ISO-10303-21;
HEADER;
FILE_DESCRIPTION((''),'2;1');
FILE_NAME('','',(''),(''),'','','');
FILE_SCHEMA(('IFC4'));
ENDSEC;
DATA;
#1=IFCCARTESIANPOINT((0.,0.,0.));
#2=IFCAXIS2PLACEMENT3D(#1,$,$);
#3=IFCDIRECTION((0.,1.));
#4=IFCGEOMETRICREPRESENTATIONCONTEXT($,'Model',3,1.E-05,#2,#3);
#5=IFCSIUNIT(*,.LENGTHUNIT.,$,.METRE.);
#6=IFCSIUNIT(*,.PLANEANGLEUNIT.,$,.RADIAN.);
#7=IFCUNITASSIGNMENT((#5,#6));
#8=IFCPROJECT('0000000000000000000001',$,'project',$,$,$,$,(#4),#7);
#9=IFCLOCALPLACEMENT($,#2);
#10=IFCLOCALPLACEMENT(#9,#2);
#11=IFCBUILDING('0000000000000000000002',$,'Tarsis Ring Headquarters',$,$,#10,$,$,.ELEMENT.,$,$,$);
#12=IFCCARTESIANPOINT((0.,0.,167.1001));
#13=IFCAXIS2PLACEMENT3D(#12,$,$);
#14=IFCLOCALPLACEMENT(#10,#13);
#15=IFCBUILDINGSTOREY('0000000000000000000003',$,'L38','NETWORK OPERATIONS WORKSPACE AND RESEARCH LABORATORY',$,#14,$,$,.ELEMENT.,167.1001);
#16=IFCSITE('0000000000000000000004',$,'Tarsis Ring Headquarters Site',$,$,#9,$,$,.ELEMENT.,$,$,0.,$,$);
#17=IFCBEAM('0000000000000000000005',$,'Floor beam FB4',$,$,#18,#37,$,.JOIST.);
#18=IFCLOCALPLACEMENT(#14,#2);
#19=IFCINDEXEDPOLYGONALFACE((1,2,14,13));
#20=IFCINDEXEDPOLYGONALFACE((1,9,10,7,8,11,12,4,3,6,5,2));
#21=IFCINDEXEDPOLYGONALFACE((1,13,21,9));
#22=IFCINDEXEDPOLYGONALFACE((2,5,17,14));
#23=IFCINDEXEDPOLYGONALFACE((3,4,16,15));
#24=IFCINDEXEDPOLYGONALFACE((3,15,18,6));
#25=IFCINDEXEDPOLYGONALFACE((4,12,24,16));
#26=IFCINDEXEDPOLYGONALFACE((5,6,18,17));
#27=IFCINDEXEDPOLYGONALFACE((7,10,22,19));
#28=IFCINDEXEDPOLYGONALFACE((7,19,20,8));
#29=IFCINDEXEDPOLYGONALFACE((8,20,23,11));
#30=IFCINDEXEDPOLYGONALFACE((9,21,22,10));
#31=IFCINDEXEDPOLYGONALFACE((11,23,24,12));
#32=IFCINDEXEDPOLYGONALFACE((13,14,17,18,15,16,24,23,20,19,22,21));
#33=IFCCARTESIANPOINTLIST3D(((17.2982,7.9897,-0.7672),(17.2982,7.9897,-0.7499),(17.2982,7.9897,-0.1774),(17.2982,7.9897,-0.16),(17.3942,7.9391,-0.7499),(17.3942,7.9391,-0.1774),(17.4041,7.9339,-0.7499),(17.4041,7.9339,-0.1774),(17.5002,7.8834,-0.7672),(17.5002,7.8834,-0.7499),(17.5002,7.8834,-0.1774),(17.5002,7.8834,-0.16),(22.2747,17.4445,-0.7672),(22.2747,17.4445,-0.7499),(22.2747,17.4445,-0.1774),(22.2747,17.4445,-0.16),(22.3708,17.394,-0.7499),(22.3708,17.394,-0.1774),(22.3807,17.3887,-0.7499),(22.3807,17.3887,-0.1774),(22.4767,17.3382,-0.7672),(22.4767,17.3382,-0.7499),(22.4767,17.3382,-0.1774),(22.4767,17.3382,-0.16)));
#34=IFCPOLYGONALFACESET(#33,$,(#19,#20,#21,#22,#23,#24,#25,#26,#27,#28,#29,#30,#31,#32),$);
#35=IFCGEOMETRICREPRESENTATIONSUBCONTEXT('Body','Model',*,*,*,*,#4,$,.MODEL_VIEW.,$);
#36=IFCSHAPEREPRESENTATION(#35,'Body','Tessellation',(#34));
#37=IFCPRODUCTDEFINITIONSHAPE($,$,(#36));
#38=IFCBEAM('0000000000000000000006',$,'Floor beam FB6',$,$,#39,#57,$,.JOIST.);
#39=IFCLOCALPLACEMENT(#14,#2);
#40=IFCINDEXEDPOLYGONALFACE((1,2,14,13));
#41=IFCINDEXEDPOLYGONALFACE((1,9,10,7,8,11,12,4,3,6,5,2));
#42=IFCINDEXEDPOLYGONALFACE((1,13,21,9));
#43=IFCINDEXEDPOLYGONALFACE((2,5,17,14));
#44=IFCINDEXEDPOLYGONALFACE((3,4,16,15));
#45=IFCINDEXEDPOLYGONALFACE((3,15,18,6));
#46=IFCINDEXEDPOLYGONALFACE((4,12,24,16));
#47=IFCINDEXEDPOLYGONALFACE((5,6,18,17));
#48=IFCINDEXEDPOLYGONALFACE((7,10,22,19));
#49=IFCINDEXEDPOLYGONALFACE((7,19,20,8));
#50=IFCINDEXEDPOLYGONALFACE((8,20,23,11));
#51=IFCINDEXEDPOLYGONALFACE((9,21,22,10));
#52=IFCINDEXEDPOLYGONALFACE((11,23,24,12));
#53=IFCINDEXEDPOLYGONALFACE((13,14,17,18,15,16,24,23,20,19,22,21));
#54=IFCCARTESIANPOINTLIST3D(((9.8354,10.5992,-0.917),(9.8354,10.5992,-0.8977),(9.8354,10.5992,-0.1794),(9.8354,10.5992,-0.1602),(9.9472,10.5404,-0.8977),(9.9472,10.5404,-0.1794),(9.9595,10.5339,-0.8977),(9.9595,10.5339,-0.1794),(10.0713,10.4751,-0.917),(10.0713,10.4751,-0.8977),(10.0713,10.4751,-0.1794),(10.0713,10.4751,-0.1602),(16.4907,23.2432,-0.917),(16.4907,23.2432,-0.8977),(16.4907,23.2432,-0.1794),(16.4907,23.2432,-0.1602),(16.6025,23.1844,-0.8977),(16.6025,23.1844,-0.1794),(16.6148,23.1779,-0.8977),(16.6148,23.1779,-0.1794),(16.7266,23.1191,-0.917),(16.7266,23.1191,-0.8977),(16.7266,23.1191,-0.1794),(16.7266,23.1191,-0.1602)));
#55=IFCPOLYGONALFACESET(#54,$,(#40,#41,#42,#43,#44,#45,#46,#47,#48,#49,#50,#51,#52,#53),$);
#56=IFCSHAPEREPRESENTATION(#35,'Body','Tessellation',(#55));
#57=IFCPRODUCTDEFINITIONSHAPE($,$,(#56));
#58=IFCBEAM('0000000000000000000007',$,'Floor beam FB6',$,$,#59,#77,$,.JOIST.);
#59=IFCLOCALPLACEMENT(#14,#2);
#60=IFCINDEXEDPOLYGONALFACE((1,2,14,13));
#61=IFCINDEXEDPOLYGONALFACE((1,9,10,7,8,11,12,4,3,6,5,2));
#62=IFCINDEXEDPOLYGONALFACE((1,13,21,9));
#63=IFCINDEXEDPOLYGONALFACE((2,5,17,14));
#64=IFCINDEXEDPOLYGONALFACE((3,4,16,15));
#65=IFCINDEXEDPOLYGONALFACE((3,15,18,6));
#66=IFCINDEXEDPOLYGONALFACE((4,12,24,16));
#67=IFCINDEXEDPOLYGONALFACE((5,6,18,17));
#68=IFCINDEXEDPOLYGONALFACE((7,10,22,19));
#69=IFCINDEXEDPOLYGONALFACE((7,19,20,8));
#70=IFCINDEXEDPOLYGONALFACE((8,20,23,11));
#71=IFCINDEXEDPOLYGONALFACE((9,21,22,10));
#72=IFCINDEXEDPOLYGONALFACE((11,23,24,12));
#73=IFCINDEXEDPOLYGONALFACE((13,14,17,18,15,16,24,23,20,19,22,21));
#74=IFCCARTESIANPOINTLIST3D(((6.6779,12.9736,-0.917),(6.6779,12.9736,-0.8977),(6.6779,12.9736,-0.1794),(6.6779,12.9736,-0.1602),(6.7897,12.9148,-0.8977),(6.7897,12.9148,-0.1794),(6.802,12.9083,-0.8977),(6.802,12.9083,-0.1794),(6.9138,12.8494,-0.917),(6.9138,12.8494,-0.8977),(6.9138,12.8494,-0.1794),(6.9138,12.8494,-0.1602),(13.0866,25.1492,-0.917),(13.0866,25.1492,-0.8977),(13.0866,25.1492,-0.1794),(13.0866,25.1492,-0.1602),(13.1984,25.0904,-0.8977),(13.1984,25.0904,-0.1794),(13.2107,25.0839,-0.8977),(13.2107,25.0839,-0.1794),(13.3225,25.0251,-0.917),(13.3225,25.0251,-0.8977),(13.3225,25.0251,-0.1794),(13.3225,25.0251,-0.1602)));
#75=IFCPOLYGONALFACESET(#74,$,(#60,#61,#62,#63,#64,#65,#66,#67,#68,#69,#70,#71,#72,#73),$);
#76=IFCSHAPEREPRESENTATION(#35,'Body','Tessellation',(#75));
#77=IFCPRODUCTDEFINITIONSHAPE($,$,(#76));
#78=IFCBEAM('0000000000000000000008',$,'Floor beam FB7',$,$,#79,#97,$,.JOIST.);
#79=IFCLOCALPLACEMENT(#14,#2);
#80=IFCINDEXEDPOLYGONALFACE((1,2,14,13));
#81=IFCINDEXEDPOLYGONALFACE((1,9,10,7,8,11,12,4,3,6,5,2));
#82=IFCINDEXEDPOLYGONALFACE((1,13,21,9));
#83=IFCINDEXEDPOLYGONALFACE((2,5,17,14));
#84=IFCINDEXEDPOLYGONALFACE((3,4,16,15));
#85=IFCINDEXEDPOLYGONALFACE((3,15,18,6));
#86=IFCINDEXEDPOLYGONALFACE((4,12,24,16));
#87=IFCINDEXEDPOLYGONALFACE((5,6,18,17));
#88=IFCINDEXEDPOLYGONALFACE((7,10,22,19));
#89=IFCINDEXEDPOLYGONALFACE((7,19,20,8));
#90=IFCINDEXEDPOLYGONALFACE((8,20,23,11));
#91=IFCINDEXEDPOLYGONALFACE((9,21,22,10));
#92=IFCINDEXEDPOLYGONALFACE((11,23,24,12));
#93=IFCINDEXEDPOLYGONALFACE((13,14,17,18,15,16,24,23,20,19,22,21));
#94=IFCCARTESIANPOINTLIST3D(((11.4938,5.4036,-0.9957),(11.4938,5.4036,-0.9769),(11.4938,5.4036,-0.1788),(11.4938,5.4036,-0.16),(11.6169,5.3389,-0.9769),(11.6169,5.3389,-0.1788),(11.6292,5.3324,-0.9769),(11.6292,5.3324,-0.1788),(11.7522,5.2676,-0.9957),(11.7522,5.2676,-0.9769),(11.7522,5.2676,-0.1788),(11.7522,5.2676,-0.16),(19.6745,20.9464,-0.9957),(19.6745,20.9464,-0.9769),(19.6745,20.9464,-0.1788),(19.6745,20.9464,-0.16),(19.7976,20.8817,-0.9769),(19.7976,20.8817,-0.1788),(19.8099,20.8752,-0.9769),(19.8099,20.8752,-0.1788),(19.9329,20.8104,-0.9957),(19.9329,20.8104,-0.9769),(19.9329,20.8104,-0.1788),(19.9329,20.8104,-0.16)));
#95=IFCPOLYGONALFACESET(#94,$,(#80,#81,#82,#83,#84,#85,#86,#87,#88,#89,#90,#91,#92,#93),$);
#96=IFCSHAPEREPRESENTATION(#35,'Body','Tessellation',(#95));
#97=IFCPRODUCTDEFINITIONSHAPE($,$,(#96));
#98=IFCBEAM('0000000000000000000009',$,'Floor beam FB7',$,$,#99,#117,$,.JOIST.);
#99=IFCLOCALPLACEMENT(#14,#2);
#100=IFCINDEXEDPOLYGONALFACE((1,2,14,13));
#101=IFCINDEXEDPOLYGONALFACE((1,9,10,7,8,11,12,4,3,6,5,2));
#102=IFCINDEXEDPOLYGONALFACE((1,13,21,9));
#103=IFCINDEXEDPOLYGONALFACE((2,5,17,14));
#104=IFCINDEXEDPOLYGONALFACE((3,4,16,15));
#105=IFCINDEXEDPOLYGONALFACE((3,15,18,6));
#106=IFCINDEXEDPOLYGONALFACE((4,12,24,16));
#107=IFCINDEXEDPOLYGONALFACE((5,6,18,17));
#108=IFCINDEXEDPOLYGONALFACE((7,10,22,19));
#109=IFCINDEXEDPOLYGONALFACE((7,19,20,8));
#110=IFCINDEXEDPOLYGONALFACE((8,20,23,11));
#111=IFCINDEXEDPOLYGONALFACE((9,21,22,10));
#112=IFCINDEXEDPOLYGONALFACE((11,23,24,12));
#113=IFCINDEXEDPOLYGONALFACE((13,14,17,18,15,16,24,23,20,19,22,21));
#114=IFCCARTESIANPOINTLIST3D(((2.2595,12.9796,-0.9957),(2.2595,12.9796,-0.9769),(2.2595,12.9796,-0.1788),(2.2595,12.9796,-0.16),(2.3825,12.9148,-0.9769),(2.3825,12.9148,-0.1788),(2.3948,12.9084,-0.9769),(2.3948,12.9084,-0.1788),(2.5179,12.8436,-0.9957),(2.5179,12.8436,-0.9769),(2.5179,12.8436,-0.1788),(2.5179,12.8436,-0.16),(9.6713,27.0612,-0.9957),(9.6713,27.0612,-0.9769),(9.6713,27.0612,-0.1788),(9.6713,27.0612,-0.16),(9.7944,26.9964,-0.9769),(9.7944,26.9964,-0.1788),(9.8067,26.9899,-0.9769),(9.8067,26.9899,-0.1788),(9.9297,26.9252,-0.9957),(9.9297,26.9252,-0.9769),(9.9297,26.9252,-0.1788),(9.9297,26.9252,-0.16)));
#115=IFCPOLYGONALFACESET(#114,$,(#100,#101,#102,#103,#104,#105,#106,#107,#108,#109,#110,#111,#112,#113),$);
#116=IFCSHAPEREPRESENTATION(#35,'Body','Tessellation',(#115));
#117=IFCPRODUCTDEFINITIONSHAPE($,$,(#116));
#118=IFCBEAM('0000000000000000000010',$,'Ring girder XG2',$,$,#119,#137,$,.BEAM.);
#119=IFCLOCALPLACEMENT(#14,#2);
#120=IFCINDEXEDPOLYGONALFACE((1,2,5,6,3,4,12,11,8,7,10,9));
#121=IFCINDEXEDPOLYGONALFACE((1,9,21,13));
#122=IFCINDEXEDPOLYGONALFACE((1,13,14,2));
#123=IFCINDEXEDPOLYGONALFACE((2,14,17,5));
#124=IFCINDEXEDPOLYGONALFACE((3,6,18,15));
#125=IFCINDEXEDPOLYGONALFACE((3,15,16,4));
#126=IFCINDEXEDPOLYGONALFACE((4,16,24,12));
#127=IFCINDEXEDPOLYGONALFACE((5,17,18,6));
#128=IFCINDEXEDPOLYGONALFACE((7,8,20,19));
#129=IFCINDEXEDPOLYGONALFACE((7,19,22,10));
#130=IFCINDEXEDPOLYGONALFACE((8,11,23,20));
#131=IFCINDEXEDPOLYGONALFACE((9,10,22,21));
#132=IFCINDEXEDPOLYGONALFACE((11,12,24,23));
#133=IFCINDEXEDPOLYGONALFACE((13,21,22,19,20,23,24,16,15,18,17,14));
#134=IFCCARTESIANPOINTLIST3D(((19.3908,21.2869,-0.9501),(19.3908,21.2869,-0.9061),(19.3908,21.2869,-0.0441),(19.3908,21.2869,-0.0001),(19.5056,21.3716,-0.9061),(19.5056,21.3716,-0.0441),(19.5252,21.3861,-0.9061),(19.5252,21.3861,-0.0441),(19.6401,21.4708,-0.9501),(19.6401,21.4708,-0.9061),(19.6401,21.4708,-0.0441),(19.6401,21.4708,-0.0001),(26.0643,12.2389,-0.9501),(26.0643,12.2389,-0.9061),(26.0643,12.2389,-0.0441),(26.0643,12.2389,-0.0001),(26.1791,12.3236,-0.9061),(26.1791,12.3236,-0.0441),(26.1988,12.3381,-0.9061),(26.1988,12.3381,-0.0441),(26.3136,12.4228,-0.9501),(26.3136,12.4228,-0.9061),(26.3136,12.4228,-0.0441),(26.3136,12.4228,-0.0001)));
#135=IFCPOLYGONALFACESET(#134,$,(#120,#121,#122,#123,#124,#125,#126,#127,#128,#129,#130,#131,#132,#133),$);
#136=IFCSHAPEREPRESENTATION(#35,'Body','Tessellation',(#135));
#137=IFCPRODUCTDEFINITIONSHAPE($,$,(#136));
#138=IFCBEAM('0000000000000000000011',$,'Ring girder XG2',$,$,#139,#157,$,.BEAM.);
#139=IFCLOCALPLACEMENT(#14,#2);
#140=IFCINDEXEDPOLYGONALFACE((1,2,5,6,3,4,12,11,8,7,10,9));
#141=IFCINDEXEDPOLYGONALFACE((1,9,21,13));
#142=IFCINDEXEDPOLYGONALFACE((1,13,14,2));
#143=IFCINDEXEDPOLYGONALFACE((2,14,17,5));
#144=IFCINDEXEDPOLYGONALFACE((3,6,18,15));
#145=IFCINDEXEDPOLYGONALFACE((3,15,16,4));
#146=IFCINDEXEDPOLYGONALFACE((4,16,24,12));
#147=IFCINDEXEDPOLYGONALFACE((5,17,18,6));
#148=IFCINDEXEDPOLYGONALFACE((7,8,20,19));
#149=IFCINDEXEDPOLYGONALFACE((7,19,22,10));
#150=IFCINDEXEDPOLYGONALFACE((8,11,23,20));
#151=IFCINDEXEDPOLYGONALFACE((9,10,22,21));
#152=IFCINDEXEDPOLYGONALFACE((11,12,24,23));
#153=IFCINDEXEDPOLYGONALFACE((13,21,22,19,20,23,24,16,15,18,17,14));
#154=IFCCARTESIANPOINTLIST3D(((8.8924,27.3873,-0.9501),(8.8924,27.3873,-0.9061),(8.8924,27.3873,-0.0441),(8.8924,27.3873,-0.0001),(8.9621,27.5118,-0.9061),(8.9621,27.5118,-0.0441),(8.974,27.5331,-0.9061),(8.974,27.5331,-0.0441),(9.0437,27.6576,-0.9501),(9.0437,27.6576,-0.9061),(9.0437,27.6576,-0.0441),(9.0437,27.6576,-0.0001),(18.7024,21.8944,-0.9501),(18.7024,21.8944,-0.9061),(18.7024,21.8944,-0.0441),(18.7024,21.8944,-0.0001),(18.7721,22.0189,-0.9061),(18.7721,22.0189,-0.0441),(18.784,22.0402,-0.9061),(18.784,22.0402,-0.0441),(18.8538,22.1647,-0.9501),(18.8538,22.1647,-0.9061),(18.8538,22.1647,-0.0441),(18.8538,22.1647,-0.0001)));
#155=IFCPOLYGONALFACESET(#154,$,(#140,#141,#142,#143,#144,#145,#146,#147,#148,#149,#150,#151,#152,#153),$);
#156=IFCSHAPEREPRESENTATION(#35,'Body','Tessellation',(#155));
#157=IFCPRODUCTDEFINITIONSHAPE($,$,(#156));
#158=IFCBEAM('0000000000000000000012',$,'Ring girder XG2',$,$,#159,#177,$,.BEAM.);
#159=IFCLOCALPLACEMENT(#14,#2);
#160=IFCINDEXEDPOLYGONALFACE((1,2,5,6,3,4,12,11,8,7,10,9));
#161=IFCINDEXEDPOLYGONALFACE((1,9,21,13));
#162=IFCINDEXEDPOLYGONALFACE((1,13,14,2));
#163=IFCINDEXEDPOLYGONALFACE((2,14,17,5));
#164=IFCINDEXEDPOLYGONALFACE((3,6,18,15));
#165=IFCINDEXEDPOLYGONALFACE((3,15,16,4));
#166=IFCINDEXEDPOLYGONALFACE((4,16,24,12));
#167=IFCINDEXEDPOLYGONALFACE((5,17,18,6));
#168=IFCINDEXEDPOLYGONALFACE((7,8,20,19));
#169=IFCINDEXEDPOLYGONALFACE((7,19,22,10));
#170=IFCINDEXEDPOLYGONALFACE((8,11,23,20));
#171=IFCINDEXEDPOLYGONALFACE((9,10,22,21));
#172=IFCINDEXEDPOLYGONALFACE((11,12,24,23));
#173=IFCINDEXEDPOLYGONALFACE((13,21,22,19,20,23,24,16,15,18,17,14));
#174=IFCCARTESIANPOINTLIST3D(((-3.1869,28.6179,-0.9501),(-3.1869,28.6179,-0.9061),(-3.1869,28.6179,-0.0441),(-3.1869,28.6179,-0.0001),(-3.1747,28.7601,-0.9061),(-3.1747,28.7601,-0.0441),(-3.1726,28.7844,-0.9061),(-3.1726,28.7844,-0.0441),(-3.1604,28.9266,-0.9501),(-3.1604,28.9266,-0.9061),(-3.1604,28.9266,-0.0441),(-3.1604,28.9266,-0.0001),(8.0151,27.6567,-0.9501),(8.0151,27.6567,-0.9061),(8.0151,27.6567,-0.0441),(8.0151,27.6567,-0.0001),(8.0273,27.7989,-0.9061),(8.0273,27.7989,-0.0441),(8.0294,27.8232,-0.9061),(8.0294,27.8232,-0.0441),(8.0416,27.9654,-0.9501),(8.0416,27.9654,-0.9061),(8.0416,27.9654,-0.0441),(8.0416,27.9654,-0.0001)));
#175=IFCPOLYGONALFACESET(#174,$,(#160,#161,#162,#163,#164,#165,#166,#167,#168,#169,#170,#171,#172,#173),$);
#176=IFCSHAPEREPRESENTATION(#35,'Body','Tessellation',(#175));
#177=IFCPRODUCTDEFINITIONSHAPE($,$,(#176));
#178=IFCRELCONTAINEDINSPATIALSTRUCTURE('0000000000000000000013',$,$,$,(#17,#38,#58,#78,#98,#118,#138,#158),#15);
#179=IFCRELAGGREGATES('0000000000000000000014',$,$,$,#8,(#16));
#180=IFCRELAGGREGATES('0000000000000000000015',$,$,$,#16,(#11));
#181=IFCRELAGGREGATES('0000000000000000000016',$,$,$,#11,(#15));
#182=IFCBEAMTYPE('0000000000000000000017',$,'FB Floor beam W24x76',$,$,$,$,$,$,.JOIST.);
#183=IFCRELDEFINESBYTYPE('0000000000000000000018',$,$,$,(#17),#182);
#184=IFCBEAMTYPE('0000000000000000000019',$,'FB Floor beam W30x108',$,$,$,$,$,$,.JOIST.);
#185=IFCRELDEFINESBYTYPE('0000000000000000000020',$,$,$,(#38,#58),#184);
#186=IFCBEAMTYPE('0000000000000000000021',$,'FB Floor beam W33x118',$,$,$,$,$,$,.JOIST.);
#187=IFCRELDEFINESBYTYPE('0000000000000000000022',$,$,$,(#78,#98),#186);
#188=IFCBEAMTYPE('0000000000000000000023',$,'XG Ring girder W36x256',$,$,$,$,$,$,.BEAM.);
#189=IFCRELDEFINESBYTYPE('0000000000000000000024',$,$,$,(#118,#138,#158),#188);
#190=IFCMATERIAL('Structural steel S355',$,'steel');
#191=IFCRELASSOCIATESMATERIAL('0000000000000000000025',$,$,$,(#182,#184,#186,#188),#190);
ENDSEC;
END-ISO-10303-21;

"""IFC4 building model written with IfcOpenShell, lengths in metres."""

from ifc_helpers import new_model, si_unit, direction, frame, origin, origin_2d, place, context, subcontext, project, spatial, i_section, extrude, material, material_profile, profile_set, type_object, element, save


model = new_model("IFC4")

# Units and contexts
model_context = context("Model", 3, precision=1e-05, world=origin(), true_north=direction((0.0, 1.0)))
body_context = subcontext(model_context, "Body", "Model", "MODEL_VIEW")
ifc_project = project(units=[si_unit("LENGTHUNIT", "METRE"), si_unit("PLANEANGLEUNIT", "RADIAN")], contexts=[model_context])

# Site, building, storey
site_placement = place(None, origin())
site = spatial("IfcSite", under=ifc_project, at=site_placement, Name="Tarsis Ring Headquarters Site", CompositionType="ELEMENT", RefElevation=0.0)
building_placement = place(site_placement, origin())
building = spatial("IfcBuilding", under=site, at=building_placement, Name="Tarsis Ring Headquarters", CompositionType="ELEMENT")
storey_placement = place(building_placement, frame((0.0, 0.0, 167.1001)))
storey = spatial("IfcBuildingStorey", under=building, at=storey_placement, Name="L38", Description="NETWORK OPERATIONS WORKSPACE AND RESEARCH LABORATORY", CompositionType="ELEMENT", Elevation=167.1001)

# Shared definitions
ifc_material_1 = material(Name="Structural steel S355", Category="steel")

# Beams
ifc_material_profile_1 = material_profile(ifc_material_1, i_section(OverallWidth=0.2283, OverallDepth=0.6072, WebThickness=0.0112, FlangeThickness=0.0173, at=origin_2d()), Name="W24x76")
ifc_profile_set_1 = profile_set([ifc_material_profile_1], Name="Structural steel S355")
beam_type_1 = type_object("IfcBeamType", Name="FB Floor beam W24x76", PredefinedType="JOIST", material=ifc_profile_set_1)
beam_1_placement = place(storey_placement, frame((22.3757, 17.3914, -0.4636), z_axis=(-0.465771, -0.884905, 0.0), x_axis=(0.884905, -0.465771, 0.0)))
element("IfcBeam", 1, at=beam_1_placement, inside=storey, type_object=beam_type_1, Name="Floor beam FB4", PredefinedType="JOIST", context=body_context, shape_type="SweptSolid", body=[
    extrude(i_section(OverallWidth=0.2283, OverallDepth=0.6072, WebThickness=0.0112, FlangeThickness=0.0173, at=origin_2d()), origin(), (0.0, 0.0, 1.0), 10.6846),
])
ifc_material_profile_2 = material_profile(ifc_material_1, i_section(OverallWidth=0.2666, OverallDepth=0.7568, WebThickness=0.0139, FlangeThickness=0.0193, at=origin_2d()), Name="W30x108")
ifc_profile_set_2 = profile_set([ifc_material_profile_2], Name="Structural steel S355")
beam_type_2 = type_object("IfcBeamType", Name="FB Floor beam W30x108", PredefinedType="JOIST", material=ifc_profile_set_2)
beam_2_placement = place(storey_placement, frame((16.6086, 23.1812, -0.5386), z_axis=(-0.465775, -0.884903, 0.0), x_axis=(0.884903, -0.465775, 0.0)))
element("IfcBeam", 2, at=beam_2_placement, inside=storey, type_object=beam_type_2, Name="Floor beam FB6", PredefinedType="JOIST", context=body_context, shape_type="SweptSolid", body=[
    extrude(i_section(OverallWidth=0.2666, OverallDepth=0.7568, WebThickness=0.0139, FlangeThickness=0.0193, at=origin_2d()), origin(), (0.0, 0.0, 1.0), 14.2886),
])
beam_3_placement = place(storey_placement, frame((13.2046, 25.0872, -0.5386), z_axis=(-0.465776, -0.884903, 0.0), x_axis=(0.884903, -0.465776, 0.0)))
element("IfcBeam", 3, at=beam_3_placement, inside=storey, type_object=beam_type_2, Name="Floor beam FB6", PredefinedType="JOIST", context=body_context, shape_type="SweptSolid", body=[
    extrude(i_section(OverallWidth=0.2666, OverallDepth=0.7568, WebThickness=0.0139, FlangeThickness=0.0193, at=origin_2d()), origin(), (0.0, 0.0, 1.0), 13.7593),
])
ifc_material_profile_3 = material_profile(ifc_material_1, i_section(OverallWidth=0.292, OverallDepth=0.8357, WebThickness=0.0139, FlangeThickness=0.0188, at=origin_2d()), Name="W33x118")
ifc_profile_set_3 = profile_set([ifc_material_profile_3], Name="Structural steel S355")
beam_type_3 = type_object("IfcBeamType", Name="FB Floor beam W33x118", PredefinedType="JOIST", material=ifc_profile_set_3)
beam_4_placement = place(storey_placement, frame((19.8037, 20.8784, -0.5779), z_axis=(-0.465759, -0.884912, 0.0), x_axis=(0.884912, -0.465759, 0.0)))
element("IfcBeam", 4, at=beam_4_placement, inside=storey, type_object=beam_type_3, Name="Floor beam FB7", PredefinedType="JOIST", context=body_context, shape_type="SweptSolid", body=[
    extrude(i_section(OverallWidth=0.292, OverallDepth=0.8357, WebThickness=0.0139, FlangeThickness=0.0188, at=origin_2d()), origin(), (0.0, 0.0, 1.0), 17.5642),
])
beam_5_placement = place(storey_placement, frame((9.8005, 26.9932, -0.5779), z_axis=(-0.465772, -0.884905, 0.0), x_axis=(0.884905, -0.465772, 0.0)))
element("IfcBeam", 5, at=beam_5_placement, inside=storey, type_object=beam_type_3, Name="Floor beam FB7", PredefinedType="JOIST", context=body_context, shape_type="SweptSolid", body=[
    extrude(i_section(OverallWidth=0.292, OverallDepth=0.8357, WebThickness=0.0139, FlangeThickness=0.0188, at=origin_2d()), origin(), (0.0, 0.0, 1.0), 15.9131),
])
ifc_material_profile_4 = material_profile(ifc_material_1, i_section(OverallWidth=0.3098, OverallDepth=0.95, WebThickness=0.0244, FlangeThickness=0.0439, at=origin_2d()), Name="W36x256")
ifc_profile_set_4 = profile_set([ifc_material_profile_4], Name="Structural steel S355")
beam_type_4 = type_object("IfcBeamType", Name="XG Ring girder W36x256", PredefinedType="BEAM", material=ifc_profile_set_4)
beam_6_placement = place(storey_placement, frame((26.189, 12.3308, -0.4751), z_axis=(-0.593577, 0.804777, 0.0), x_axis=(-0.804777, -0.593577, 0.0)))
element("IfcBeam", 6, at=beam_6_placement, inside=storey, type_object=beam_type_4, Name="Ring girder XG2", PredefinedType="BEAM", context=body_context, shape_type="SweptSolid", body=[
    extrude(i_section(OverallWidth=0.3098, OverallDepth=0.95, WebThickness=0.0244, FlangeThickness=0.0439, at=origin_2d()), origin(), (0.0, 0.0, 1.0), 11.2429),
])
for number, where, z_axis, x_axis, name in (
    (7, (18.7781, 22.0295, -0.4751), (-0.872533, 0.488555, 0.0), (-0.488555, -0.872533, 0.0), "Ring girder XG2"),
    (8, (8.0283, 27.811, -0.4751), (-0.996339, 0.085491, 0.0), (-0.085491, -0.996339, 0.0), "Ring girder XG2"),
):
    element("IfcBeam", number, at=place(storey_placement, frame(where, z_axis=z_axis, x_axis=x_axis)), inside=storey, type_object=beam_type_4, Name=name, PredefinedType="BEAM", context=body_context, shape_type="SweptSolid", body=[
        extrude(i_section(OverallWidth=0.3098, OverallDepth=0.95, WebThickness=0.0244, FlangeThickness=0.0439, at=origin_2d()), origin(), (0.0, 0.0, 1.0), 11.2432),
    ])

save(model, "model.ifc")
